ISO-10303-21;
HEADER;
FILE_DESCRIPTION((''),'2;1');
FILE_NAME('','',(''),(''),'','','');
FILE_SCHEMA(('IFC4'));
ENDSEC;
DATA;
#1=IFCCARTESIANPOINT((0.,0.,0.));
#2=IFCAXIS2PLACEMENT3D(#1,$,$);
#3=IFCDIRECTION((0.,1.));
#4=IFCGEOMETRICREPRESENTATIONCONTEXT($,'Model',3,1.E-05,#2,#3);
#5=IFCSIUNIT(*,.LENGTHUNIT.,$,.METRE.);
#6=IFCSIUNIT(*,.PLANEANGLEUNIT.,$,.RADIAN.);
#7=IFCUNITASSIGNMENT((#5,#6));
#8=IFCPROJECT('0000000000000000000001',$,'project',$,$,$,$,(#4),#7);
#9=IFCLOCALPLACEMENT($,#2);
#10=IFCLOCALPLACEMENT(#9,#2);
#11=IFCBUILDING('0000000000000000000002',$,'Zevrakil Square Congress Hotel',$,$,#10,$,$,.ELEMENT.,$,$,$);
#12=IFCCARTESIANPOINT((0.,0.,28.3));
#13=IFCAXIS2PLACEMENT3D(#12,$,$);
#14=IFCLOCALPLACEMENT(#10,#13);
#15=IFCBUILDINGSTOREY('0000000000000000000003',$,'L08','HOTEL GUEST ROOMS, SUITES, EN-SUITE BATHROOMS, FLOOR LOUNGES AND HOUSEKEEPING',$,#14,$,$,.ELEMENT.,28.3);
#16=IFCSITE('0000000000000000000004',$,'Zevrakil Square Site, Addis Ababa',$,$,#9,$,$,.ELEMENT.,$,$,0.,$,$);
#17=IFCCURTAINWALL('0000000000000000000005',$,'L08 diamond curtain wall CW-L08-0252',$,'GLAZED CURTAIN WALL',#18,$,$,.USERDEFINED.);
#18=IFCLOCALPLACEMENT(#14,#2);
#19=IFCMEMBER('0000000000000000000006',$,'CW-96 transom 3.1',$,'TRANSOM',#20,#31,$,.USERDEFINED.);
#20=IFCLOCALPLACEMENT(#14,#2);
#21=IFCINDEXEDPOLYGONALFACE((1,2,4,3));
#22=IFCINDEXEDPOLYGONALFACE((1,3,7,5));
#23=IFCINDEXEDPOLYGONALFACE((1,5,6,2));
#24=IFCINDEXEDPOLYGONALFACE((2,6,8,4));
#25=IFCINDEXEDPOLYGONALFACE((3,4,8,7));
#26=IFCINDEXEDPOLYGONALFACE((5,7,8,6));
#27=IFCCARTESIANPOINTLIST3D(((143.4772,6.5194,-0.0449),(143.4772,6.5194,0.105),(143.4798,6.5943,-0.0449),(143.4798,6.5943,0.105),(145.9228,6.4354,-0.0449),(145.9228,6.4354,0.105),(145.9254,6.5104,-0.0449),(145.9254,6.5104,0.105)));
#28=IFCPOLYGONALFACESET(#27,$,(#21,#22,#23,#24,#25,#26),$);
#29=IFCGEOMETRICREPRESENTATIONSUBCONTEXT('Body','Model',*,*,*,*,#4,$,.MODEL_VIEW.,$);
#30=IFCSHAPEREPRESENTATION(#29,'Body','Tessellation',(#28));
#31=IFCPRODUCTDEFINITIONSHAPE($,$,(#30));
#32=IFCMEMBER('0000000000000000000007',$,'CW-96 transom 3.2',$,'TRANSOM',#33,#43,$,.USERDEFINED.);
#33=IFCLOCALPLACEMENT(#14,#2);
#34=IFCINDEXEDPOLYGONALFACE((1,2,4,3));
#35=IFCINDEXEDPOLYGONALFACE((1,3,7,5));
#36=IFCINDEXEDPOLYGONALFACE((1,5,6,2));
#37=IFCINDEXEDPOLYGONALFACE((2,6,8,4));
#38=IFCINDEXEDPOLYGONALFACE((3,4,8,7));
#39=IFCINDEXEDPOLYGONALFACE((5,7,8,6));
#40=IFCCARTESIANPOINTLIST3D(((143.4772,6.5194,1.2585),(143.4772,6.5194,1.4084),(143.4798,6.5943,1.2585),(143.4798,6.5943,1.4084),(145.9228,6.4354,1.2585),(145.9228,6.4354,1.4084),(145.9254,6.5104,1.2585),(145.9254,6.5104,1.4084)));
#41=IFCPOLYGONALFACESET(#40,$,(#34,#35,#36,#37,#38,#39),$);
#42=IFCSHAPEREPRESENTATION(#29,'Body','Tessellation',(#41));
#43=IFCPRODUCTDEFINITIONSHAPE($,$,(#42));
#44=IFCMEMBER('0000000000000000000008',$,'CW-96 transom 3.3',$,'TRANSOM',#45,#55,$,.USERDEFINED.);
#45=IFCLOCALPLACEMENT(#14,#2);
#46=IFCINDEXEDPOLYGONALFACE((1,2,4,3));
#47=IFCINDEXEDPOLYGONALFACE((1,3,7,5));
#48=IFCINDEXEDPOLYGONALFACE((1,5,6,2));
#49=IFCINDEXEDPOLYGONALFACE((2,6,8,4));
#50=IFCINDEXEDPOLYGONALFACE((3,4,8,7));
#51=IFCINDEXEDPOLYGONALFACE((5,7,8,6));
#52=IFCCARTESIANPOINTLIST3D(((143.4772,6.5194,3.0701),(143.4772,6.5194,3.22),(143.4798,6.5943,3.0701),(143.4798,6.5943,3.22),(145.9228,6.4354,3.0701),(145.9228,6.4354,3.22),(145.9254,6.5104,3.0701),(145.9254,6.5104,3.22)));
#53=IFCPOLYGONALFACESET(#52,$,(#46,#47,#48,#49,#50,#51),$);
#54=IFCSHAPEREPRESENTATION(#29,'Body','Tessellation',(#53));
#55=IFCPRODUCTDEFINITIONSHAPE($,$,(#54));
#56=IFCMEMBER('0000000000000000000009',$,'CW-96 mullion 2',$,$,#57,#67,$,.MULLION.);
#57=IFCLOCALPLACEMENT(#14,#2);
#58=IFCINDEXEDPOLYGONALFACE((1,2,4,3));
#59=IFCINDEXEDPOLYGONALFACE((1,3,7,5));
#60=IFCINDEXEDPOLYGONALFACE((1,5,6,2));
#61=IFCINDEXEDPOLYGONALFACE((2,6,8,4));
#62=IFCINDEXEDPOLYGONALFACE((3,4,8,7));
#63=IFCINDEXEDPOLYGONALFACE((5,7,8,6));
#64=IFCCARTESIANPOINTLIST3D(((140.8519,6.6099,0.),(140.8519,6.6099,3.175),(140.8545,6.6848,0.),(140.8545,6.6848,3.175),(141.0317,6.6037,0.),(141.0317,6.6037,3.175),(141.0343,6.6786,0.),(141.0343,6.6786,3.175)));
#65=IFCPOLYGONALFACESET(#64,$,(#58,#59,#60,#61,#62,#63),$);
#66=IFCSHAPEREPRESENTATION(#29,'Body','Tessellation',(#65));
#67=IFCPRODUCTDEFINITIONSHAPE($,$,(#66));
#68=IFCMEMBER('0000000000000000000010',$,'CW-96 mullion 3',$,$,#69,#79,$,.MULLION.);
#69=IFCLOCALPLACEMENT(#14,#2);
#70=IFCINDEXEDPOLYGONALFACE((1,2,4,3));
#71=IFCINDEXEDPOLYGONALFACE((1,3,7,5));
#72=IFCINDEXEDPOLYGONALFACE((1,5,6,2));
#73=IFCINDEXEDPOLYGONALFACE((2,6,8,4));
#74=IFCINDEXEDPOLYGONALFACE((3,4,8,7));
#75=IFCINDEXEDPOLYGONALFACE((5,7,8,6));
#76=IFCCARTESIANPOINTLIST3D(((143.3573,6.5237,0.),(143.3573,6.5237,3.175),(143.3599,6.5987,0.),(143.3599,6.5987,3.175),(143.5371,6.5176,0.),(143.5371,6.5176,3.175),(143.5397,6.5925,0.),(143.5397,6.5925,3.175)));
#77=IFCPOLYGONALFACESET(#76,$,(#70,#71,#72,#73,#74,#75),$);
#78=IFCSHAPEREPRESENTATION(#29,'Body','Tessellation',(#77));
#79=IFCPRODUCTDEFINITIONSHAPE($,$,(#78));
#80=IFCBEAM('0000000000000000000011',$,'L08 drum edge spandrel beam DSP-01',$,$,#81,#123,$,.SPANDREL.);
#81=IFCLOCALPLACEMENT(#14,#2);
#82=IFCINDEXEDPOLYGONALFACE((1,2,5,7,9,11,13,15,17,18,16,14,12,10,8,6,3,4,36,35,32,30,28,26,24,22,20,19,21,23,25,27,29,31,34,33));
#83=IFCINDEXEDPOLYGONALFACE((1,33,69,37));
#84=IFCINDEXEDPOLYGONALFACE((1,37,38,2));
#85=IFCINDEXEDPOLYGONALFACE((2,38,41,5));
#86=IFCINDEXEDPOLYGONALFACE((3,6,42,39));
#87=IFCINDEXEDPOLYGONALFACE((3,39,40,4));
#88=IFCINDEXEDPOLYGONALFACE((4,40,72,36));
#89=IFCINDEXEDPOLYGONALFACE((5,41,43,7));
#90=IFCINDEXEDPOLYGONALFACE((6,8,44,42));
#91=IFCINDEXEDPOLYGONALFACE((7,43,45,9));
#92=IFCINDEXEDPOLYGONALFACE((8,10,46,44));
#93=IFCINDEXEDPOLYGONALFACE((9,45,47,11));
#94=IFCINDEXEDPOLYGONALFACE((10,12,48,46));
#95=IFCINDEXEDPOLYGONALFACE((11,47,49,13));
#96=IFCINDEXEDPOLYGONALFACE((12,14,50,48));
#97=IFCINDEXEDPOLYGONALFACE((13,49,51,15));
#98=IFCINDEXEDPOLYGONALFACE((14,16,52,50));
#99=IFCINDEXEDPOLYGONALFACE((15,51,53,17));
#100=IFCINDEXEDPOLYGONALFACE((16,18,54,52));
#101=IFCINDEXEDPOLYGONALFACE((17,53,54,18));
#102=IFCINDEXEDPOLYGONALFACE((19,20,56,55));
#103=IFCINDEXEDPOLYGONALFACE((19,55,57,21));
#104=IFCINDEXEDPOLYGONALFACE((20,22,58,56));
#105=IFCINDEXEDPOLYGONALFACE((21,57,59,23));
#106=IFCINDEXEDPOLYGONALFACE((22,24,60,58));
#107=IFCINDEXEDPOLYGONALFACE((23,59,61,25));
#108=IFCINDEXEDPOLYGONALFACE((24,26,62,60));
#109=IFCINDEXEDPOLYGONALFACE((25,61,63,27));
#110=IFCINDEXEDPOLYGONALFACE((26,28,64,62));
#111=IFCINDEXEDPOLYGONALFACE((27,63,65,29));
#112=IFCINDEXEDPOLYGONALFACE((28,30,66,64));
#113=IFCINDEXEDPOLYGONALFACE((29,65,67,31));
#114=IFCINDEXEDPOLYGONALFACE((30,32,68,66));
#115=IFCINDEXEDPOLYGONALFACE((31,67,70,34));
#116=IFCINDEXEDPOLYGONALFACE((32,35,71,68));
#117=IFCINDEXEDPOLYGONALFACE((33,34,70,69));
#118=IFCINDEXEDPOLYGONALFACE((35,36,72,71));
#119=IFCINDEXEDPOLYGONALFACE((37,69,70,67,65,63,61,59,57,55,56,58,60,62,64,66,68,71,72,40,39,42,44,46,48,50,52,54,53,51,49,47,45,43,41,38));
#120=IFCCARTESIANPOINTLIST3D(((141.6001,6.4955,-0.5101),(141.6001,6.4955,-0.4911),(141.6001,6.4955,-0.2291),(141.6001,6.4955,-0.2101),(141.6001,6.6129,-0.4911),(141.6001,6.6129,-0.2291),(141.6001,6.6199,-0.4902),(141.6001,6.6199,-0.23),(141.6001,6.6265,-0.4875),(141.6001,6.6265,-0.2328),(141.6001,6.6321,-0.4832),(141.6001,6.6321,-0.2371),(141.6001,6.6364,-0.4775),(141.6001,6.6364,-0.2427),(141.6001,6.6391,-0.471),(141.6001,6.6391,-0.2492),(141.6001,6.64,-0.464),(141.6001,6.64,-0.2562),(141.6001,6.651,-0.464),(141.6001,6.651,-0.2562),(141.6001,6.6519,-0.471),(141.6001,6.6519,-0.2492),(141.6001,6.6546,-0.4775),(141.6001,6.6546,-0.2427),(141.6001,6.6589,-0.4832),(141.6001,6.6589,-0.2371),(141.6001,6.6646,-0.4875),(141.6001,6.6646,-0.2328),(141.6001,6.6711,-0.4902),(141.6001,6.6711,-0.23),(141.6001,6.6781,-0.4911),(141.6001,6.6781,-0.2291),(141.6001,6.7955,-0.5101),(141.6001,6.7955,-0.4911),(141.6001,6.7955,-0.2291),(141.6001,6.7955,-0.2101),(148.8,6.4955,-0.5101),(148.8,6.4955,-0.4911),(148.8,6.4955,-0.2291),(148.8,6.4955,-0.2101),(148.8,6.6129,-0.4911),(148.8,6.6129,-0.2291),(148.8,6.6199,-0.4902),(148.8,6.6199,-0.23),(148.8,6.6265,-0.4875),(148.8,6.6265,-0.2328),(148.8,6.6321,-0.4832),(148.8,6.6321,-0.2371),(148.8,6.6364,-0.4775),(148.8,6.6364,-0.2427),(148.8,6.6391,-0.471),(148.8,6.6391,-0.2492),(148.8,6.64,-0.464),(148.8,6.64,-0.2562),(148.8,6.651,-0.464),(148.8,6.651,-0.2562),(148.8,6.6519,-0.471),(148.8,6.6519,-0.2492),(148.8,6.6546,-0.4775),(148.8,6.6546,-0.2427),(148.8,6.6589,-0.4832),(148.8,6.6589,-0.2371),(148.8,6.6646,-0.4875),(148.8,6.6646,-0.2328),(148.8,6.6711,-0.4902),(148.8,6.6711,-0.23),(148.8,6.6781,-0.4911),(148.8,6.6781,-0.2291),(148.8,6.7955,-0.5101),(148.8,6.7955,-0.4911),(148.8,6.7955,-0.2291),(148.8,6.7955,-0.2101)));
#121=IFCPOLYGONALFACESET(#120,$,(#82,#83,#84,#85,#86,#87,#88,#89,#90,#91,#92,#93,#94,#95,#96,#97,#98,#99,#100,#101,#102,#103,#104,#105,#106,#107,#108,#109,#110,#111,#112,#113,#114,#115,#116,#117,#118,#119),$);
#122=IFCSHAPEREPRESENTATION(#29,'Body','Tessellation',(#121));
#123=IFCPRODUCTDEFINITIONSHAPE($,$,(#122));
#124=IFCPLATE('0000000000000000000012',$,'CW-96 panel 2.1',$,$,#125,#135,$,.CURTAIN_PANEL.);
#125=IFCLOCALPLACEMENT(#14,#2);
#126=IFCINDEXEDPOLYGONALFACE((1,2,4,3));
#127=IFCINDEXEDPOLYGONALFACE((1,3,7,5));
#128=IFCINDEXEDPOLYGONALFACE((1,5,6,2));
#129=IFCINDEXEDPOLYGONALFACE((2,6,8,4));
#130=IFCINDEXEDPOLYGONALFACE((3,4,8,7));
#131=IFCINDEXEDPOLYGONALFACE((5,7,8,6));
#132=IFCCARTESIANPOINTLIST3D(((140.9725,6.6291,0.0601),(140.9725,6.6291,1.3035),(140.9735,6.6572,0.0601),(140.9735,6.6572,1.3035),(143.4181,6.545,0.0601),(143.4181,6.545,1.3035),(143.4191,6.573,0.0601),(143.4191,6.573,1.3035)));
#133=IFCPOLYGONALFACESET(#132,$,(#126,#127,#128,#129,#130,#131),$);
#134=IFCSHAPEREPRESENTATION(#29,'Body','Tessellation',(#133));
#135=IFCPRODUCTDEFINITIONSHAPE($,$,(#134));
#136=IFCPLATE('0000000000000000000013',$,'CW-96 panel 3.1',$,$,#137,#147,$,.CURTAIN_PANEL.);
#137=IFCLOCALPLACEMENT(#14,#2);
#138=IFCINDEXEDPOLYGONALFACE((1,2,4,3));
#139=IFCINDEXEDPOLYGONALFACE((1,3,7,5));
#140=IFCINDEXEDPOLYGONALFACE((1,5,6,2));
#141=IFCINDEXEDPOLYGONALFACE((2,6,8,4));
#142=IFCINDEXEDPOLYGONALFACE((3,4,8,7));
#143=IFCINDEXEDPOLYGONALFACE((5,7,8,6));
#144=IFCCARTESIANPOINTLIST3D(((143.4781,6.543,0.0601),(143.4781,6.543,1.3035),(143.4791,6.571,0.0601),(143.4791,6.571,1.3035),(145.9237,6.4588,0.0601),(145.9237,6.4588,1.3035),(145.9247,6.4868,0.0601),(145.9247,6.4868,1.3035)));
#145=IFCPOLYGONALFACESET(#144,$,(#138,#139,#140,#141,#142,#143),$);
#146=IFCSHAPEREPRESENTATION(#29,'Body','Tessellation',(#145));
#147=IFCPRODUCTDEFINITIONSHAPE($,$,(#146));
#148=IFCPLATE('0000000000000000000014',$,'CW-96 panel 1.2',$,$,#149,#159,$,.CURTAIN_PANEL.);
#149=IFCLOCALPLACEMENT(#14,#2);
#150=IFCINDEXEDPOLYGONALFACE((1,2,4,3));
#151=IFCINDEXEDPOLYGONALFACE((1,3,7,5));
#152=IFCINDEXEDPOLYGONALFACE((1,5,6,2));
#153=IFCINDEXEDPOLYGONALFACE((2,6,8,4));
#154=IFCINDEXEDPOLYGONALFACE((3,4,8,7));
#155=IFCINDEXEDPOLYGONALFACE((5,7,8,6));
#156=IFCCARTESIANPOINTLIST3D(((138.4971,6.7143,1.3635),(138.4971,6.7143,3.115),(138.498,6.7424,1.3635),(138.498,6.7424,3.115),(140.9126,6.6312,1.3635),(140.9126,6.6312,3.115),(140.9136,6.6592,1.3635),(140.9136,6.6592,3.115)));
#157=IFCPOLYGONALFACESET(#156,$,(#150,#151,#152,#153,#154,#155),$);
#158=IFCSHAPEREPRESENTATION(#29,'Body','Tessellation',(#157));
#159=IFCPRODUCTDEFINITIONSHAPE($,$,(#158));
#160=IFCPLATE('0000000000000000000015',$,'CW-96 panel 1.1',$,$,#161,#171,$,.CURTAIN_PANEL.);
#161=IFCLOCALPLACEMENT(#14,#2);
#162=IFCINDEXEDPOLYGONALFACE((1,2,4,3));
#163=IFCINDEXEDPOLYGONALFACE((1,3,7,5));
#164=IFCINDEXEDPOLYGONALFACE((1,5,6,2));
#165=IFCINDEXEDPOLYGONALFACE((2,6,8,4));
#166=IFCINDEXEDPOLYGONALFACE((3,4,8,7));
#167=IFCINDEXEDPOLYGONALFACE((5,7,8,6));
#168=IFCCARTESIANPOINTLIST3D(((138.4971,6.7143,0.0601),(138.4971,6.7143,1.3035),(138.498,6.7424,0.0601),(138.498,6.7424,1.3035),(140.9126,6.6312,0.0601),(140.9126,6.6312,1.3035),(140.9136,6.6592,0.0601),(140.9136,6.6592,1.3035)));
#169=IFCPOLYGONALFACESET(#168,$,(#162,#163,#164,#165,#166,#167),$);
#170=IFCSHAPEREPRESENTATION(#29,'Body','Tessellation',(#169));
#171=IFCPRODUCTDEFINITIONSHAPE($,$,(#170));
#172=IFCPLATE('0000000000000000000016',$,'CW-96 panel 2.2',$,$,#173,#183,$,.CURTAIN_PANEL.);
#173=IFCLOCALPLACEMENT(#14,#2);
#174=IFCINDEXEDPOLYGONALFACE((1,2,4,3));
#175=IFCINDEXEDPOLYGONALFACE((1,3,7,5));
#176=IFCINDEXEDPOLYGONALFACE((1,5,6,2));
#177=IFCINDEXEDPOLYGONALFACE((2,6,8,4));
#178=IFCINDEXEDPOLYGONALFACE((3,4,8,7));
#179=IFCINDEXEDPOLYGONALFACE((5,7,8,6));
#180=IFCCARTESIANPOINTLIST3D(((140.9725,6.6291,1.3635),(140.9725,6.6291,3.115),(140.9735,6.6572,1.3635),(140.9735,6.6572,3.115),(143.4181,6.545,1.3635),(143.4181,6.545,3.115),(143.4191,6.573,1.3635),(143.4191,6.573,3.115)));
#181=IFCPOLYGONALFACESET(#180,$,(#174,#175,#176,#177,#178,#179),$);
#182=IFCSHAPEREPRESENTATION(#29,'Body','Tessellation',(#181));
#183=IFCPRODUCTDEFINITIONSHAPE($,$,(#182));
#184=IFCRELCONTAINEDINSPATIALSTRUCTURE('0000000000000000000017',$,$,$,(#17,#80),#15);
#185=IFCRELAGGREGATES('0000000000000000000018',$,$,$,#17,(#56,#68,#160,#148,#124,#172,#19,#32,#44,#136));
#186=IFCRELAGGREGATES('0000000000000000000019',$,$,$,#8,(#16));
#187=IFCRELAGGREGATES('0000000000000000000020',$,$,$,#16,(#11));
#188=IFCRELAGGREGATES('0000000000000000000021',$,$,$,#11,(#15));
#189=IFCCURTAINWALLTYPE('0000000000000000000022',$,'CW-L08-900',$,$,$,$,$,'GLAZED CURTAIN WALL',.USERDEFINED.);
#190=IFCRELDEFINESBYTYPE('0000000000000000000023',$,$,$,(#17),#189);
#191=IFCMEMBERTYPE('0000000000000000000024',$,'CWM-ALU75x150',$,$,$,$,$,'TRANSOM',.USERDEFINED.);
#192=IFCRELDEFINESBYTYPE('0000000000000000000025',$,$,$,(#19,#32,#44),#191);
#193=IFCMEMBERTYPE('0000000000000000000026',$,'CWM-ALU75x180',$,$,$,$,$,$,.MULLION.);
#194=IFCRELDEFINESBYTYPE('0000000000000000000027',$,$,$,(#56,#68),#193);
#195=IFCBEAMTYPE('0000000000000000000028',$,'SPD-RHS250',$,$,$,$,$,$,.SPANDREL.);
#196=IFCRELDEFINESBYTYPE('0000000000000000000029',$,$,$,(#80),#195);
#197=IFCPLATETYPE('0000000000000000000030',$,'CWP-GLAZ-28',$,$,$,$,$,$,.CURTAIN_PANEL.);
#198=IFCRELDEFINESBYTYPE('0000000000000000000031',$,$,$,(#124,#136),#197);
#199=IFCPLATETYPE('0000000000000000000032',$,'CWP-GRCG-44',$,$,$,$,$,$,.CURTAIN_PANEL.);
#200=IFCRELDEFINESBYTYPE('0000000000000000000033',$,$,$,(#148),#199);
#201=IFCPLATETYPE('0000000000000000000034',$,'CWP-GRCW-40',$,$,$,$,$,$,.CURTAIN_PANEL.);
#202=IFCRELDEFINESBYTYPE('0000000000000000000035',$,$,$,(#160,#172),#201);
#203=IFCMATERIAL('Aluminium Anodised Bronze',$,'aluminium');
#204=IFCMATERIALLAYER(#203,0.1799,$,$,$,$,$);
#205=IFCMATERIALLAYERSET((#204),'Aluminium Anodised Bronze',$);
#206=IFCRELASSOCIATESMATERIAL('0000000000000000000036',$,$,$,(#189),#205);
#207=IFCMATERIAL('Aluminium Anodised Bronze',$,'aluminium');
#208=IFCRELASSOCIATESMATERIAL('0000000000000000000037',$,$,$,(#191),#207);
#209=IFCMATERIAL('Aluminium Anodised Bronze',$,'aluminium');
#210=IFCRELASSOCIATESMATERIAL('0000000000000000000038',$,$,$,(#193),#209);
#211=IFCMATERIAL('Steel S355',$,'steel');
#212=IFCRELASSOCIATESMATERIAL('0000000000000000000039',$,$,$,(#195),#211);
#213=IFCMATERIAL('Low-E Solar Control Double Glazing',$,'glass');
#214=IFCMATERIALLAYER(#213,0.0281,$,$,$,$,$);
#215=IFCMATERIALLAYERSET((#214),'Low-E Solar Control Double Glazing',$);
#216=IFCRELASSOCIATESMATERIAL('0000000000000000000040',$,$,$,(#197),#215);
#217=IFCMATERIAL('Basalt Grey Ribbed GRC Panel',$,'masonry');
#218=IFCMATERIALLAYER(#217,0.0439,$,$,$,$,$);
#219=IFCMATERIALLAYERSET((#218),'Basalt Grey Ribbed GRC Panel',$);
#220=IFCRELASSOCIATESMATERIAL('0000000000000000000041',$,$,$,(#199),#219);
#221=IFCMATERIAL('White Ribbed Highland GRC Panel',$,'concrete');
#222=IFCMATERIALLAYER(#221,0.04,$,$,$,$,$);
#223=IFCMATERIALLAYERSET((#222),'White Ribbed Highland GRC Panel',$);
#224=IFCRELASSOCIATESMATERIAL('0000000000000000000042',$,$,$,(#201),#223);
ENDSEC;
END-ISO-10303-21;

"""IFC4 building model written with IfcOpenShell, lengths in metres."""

from ifc_helpers import new_model, si_unit, direction, frame, origin, origin_2d, place, context, subcontext, project, spatial, rectangle, i_section, extrude, material, layer, layer_set, material_profile, profile_set, type_object, element, aggregate, save


model = new_model("IFC4")

# Units and contexts
model_context = context("Model", 3, precision=1e-05, world=origin(), true_north=direction((0.0, 1.0)))
body_context = subcontext(model_context, "Body", "Model", "MODEL_VIEW")
ifc_project = project(units=[si_unit("LENGTHUNIT", "METRE"), si_unit("PLANEANGLEUNIT", "RADIAN")], contexts=[model_context])

# Site, building, storey
site_placement = place(None, origin())
site = spatial("IfcSite", under=ifc_project, at=site_placement, Name="Zevrakil Square Site, Addis Ababa", CompositionType="ELEMENT", RefElevation=0.0)
building_placement = place(site_placement, origin())
building = spatial("IfcBuilding", under=site, at=building_placement, Name="Zevrakil Square Congress Hotel", CompositionType="ELEMENT")
storey_placement = place(building_placement, frame((0.0, 0.0, 28.3)))
storey = spatial("IfcBuildingStorey", under=building, at=storey_placement, Name="L08", Description="HOTEL GUEST ROOMS, SUITES, EN-SUITE BATHROOMS, FLOOR LOUNGES AND HOUSEKEEPING", CompositionType="ELEMENT", Elevation=28.3)

# Curtain wall, members
ifc_material_1 = material(Name="Aluminium Anodised Bronze", Category="aluminium")
ifc_layer_1 = layer(ifc_material_1, 0.1799)
ifc_layer_set_1 = layer_set([ifc_layer_1], Name="Aluminium Anodised Bronze")
curtain_wall_type = type_object("IfcCurtainWallType", Name="CW-L08-900", ElementType="GLAZED CURTAIN WALL", PredefinedType="USERDEFINED", material=ifc_layer_set_1)
curtain_wall_placement = place(storey_placement, origin())
curtain_wall = element("IfcCurtainWall", 1, at=curtain_wall_placement, inside=storey, type_object=curtain_wall_type, Name="L08 diamond curtain wall CW-L08-0252", ObjectType="GLAZED CURTAIN WALL", PredefinedType="USERDEFINED")
ifc_material_2 = material(Name="Aluminium Anodised Bronze", Category="aluminium")
ifc_material_profile_1 = material_profile(ifc_material_2, rectangle(XDim=0.075, YDim=0.1499, at=origin_2d()), Name="ALU 75x150")
ifc_profile_set_1 = profile_set([ifc_material_profile_1], Name="Aluminium Anodised Bronze")
member_type_1 = type_object("IfcMemberType", Name="CWM-ALU75x150", ElementType="TRANSOM", PredefinedType="USERDEFINED", material=ifc_profile_set_1)
member_1_placement = place(storey_placement, frame((143.4785, 6.5569, 0.03), z_axis=(0.999411, -0.034321, 0.0), x_axis=(0.034321, 0.999411, 0.0)))
member_1 = element("IfcMember", 2, at=member_1_placement, type_object=member_type_1, Name="CW-96 transom 3.1", ObjectType="TRANSOM", PredefinedType="USERDEFINED", context=body_context, shape_type="SweptSolid", body=[
    extrude(rectangle(XDim=0.075, YDim=0.1499, at=origin_2d()), origin(), (0.0, 0.0, 1.0), 2.447),
])
member_2_placement = place(storey_placement, frame((143.4785, 6.5569, 1.3335), z_axis=(0.999411, -0.034321, 0.0), x_axis=(0.034321, 0.999411, 0.0)))
member_2 = element("IfcMember", 3, at=member_2_placement, type_object=member_type_1, Name="CW-96 transom 3.2", ObjectType="TRANSOM", PredefinedType="USERDEFINED", context=body_context, shape_type="SweptSolid", body=[
    extrude(rectangle(XDim=0.075, YDim=0.1499, at=origin_2d()), origin(), (0.0, 0.0, 1.0), 2.447),
])
member_3_placement = place(storey_placement, frame((143.4785, 6.5569, 3.145), z_axis=(0.999411, -0.034321, 0.0), x_axis=(0.034321, 0.999411, 0.0)))
member_3 = element("IfcMember", 4, at=member_3_placement, type_object=member_type_1, Name="CW-96 transom 3.3", ObjectType="TRANSOM", PredefinedType="USERDEFINED", context=body_context, shape_type="SweptSolid", body=[
    extrude(rectangle(XDim=0.075, YDim=0.1499, at=origin_2d()), origin(), (0.0, 0.0, 1.0), 2.447),
])
ifc_material_3 = material(Name="Aluminium Anodised Bronze", Category="aluminium")
ifc_material_profile_2 = material_profile(ifc_material_3, rectangle(XDim=0.075, YDim=0.1799, at=origin_2d()), Name="ALU 75x180")
ifc_profile_set_2 = profile_set([ifc_material_profile_2], Name="Aluminium Anodised Bronze")
member_type_2 = type_object("IfcMemberType", Name="CWM-ALU75x180", PredefinedType="MULLION", material=ifc_profile_set_2)
member_4_placement = place(storey_placement, frame((140.9431, 6.6443, 0.0), z_axis=(0.0, 0.0, 1.0), x_axis=(0.034405, 0.999408, 0.0)))
member_4 = element("IfcMember", 5, at=member_4_placement, type_object=member_type_2, Name="CW-96 mullion 2", PredefinedType="MULLION", context=body_context, shape_type="SweptSolid", body=[
    extrude(rectangle(XDim=0.075, YDim=0.1799, at=origin_2d()), origin(), (0.0, 0.0, 1.0), 3.175),
])
member_5_placement = place(storey_placement, frame((143.4485, 6.5581, 0.0), z_axis=(0.0, 0.0, 1.0), x_axis=(0.034405, 0.999408, 0.0)))
member_5 = element("IfcMember", 6, at=member_5_placement, type_object=member_type_2, Name="CW-96 mullion 3", PredefinedType="MULLION", context=body_context, shape_type="SweptSolid", body=[
    extrude(rectangle(XDim=0.075, YDim=0.1799, at=origin_2d()), origin(), (0.0, 0.0, 1.0), 3.175),
])

# Beam
ifc_material_4 = material(Name="Steel S355", Category="steel")
ifc_material_profile_3 = material_profile(ifc_material_4, i_section(OverallWidth=0.3, OverallDepth=0.3, WebThickness=0.011, FlangeThickness=0.019, FilletRadius=0.0271, at=origin_2d()), Name="HEB 300")
ifc_profile_set_3 = profile_set([ifc_material_profile_3], Name="Steel S355")
beam_type_1 = type_object("IfcBeamType", Name="SPD-RHS250", PredefinedType="SPANDREL", material=ifc_profile_set_3)
beam_1_placement = place(storey_placement, frame((141.6001, 6.6455, -0.3601), z_axis=(1.0, 0.0, 0.0), x_axis=(0.0, 1.0, 0.0)))
element("IfcBeam", 7, at=beam_1_placement, inside=storey, type_object=beam_type_1, Name="L08 drum edge spandrel beam DSP-01", PredefinedType="SPANDREL", context=body_context, shape_type="SweptSolid", body=[
    extrude(i_section(OverallWidth=0.3, OverallDepth=0.3, WebThickness=0.011, FlangeThickness=0.019, FilletRadius=0.0271, at=origin_2d()), origin(), (0.0, 0.0, 1.0), 7.2),
])

# Plates
ifc_material_5 = material(Name="Low-E Solar Control Double Glazing", Category="glass")
ifc_layer_2 = layer(ifc_material_5, 0.0281)
ifc_layer_set_2 = layer_set([ifc_layer_2], Name="Low-E Solar Control Double Glazing")
plate_type_1 = type_object("IfcPlateType", Name="CWP-GLAZ-28", PredefinedType="CURTAIN_PANEL", material=ifc_layer_set_2)
plate_1_placement = place(storey_placement, frame((142.1958, 6.6011, 0.0601), z_axis=(0.0, 0.0, 1.0), x_axis=(0.999408, -0.034405, 0.0)))
plate_1 = element("IfcPlate", 8, at=plate_1_placement, type_object=plate_type_1, Name="CW-96 panel 2.1", PredefinedType="CURTAIN_PANEL", context=body_context, shape_type="SweptSolid", body=[
    extrude(rectangle(XDim=2.447, YDim=0.0281, at=origin_2d()), origin(), (0.0, 0.0, 1.0), 1.2434),
])
plate_2_placement = place(storey_placement, frame((144.7014, 6.5149, 0.0601), z_axis=(0.0, 0.0, 1.0), x_axis=(0.999408, -0.034405, 0.0)))
plate_2 = element("IfcPlate", 9, at=plate_2_placement, type_object=plate_type_1, Name="CW-96 panel 3.1", PredefinedType="CURTAIN_PANEL", context=body_context, shape_type="SweptSolid", body=[
    extrude(rectangle(XDim=2.447, YDim=0.0281, at=origin_2d()), origin(), (0.0, 0.0, 1.0), 1.2434),
])
ifc_material_6 = material(Name="Basalt Grey Ribbed GRC Panel", Category="masonry")
ifc_layer_3 = layer(ifc_material_6, 0.0439)
ifc_layer_set_3 = layer_set([ifc_layer_3], Name="Basalt Grey Ribbed GRC Panel")
plate_type_2 = type_object("IfcPlateType", Name="CWP-GRCG-44", PredefinedType="CURTAIN_PANEL", material=ifc_layer_set_3)
plate_3_placement = place(storey_placement, frame((139.7053, 6.6868, 1.3635), z_axis=(0.0, 0.0, 1.0), x_axis=(0.999408, -0.034405, 0.0)))
plate_3 = element("IfcPlate", 10, at=plate_3_placement, type_object=plate_type_2, Name="CW-96 panel 1.2", PredefinedType="CURTAIN_PANEL", context=body_context, shape_type="SweptSolid", body=[
    extrude(rectangle(XDim=2.417, YDim=0.0281, at=origin_2d()), origin(), (0.0, 0.0, 1.0), 1.7515),
])
ifc_material_7 = material(Name="White Ribbed Highland GRC Panel", Category="concrete")
ifc_layer_4 = layer(ifc_material_7, 0.04)
ifc_layer_set_4 = layer_set([ifc_layer_4], Name="White Ribbed Highland GRC Panel")
plate_type_3 = type_object("IfcPlateType", Name="CWP-GRCW-40", PredefinedType="CURTAIN_PANEL", material=ifc_layer_set_4)
plate_4_placement = place(storey_placement, frame((139.7053, 6.6868, 0.0601), z_axis=(0.0, 0.0, 1.0), x_axis=(0.999408, -0.034405, 0.0)))
plate_4 = element("IfcPlate", 11, at=plate_4_placement, type_object=plate_type_3, Name="CW-96 panel 1.1", PredefinedType="CURTAIN_PANEL", context=body_context, shape_type="SweptSolid", body=[
    extrude(rectangle(XDim=2.417, YDim=0.0281, at=origin_2d()), origin(), (0.0, 0.0, 1.0), 1.2434),
])
plate_5_placement = place(storey_placement, frame((142.1958, 6.6011, 1.3635), z_axis=(0.0, 0.0, 1.0), x_axis=(0.999408, -0.034405, 0.0)))
plate_5 = element("IfcPlate", 12, at=plate_5_placement, type_object=plate_type_3, Name="CW-96 panel 2.2", PredefinedType="CURTAIN_PANEL", context=body_context, shape_type="SweptSolid", body=[
    extrude(rectangle(XDim=2.447, YDim=0.0281, at=origin_2d()), origin(), (0.0, 0.0, 1.0), 1.7515),
])
aggregate(curtain_wall, [member_4, member_5, plate_4, plate_3, plate_1, plate_5, member_1, member_2, member_3, plate_2])

save(model, "model.ifc")
